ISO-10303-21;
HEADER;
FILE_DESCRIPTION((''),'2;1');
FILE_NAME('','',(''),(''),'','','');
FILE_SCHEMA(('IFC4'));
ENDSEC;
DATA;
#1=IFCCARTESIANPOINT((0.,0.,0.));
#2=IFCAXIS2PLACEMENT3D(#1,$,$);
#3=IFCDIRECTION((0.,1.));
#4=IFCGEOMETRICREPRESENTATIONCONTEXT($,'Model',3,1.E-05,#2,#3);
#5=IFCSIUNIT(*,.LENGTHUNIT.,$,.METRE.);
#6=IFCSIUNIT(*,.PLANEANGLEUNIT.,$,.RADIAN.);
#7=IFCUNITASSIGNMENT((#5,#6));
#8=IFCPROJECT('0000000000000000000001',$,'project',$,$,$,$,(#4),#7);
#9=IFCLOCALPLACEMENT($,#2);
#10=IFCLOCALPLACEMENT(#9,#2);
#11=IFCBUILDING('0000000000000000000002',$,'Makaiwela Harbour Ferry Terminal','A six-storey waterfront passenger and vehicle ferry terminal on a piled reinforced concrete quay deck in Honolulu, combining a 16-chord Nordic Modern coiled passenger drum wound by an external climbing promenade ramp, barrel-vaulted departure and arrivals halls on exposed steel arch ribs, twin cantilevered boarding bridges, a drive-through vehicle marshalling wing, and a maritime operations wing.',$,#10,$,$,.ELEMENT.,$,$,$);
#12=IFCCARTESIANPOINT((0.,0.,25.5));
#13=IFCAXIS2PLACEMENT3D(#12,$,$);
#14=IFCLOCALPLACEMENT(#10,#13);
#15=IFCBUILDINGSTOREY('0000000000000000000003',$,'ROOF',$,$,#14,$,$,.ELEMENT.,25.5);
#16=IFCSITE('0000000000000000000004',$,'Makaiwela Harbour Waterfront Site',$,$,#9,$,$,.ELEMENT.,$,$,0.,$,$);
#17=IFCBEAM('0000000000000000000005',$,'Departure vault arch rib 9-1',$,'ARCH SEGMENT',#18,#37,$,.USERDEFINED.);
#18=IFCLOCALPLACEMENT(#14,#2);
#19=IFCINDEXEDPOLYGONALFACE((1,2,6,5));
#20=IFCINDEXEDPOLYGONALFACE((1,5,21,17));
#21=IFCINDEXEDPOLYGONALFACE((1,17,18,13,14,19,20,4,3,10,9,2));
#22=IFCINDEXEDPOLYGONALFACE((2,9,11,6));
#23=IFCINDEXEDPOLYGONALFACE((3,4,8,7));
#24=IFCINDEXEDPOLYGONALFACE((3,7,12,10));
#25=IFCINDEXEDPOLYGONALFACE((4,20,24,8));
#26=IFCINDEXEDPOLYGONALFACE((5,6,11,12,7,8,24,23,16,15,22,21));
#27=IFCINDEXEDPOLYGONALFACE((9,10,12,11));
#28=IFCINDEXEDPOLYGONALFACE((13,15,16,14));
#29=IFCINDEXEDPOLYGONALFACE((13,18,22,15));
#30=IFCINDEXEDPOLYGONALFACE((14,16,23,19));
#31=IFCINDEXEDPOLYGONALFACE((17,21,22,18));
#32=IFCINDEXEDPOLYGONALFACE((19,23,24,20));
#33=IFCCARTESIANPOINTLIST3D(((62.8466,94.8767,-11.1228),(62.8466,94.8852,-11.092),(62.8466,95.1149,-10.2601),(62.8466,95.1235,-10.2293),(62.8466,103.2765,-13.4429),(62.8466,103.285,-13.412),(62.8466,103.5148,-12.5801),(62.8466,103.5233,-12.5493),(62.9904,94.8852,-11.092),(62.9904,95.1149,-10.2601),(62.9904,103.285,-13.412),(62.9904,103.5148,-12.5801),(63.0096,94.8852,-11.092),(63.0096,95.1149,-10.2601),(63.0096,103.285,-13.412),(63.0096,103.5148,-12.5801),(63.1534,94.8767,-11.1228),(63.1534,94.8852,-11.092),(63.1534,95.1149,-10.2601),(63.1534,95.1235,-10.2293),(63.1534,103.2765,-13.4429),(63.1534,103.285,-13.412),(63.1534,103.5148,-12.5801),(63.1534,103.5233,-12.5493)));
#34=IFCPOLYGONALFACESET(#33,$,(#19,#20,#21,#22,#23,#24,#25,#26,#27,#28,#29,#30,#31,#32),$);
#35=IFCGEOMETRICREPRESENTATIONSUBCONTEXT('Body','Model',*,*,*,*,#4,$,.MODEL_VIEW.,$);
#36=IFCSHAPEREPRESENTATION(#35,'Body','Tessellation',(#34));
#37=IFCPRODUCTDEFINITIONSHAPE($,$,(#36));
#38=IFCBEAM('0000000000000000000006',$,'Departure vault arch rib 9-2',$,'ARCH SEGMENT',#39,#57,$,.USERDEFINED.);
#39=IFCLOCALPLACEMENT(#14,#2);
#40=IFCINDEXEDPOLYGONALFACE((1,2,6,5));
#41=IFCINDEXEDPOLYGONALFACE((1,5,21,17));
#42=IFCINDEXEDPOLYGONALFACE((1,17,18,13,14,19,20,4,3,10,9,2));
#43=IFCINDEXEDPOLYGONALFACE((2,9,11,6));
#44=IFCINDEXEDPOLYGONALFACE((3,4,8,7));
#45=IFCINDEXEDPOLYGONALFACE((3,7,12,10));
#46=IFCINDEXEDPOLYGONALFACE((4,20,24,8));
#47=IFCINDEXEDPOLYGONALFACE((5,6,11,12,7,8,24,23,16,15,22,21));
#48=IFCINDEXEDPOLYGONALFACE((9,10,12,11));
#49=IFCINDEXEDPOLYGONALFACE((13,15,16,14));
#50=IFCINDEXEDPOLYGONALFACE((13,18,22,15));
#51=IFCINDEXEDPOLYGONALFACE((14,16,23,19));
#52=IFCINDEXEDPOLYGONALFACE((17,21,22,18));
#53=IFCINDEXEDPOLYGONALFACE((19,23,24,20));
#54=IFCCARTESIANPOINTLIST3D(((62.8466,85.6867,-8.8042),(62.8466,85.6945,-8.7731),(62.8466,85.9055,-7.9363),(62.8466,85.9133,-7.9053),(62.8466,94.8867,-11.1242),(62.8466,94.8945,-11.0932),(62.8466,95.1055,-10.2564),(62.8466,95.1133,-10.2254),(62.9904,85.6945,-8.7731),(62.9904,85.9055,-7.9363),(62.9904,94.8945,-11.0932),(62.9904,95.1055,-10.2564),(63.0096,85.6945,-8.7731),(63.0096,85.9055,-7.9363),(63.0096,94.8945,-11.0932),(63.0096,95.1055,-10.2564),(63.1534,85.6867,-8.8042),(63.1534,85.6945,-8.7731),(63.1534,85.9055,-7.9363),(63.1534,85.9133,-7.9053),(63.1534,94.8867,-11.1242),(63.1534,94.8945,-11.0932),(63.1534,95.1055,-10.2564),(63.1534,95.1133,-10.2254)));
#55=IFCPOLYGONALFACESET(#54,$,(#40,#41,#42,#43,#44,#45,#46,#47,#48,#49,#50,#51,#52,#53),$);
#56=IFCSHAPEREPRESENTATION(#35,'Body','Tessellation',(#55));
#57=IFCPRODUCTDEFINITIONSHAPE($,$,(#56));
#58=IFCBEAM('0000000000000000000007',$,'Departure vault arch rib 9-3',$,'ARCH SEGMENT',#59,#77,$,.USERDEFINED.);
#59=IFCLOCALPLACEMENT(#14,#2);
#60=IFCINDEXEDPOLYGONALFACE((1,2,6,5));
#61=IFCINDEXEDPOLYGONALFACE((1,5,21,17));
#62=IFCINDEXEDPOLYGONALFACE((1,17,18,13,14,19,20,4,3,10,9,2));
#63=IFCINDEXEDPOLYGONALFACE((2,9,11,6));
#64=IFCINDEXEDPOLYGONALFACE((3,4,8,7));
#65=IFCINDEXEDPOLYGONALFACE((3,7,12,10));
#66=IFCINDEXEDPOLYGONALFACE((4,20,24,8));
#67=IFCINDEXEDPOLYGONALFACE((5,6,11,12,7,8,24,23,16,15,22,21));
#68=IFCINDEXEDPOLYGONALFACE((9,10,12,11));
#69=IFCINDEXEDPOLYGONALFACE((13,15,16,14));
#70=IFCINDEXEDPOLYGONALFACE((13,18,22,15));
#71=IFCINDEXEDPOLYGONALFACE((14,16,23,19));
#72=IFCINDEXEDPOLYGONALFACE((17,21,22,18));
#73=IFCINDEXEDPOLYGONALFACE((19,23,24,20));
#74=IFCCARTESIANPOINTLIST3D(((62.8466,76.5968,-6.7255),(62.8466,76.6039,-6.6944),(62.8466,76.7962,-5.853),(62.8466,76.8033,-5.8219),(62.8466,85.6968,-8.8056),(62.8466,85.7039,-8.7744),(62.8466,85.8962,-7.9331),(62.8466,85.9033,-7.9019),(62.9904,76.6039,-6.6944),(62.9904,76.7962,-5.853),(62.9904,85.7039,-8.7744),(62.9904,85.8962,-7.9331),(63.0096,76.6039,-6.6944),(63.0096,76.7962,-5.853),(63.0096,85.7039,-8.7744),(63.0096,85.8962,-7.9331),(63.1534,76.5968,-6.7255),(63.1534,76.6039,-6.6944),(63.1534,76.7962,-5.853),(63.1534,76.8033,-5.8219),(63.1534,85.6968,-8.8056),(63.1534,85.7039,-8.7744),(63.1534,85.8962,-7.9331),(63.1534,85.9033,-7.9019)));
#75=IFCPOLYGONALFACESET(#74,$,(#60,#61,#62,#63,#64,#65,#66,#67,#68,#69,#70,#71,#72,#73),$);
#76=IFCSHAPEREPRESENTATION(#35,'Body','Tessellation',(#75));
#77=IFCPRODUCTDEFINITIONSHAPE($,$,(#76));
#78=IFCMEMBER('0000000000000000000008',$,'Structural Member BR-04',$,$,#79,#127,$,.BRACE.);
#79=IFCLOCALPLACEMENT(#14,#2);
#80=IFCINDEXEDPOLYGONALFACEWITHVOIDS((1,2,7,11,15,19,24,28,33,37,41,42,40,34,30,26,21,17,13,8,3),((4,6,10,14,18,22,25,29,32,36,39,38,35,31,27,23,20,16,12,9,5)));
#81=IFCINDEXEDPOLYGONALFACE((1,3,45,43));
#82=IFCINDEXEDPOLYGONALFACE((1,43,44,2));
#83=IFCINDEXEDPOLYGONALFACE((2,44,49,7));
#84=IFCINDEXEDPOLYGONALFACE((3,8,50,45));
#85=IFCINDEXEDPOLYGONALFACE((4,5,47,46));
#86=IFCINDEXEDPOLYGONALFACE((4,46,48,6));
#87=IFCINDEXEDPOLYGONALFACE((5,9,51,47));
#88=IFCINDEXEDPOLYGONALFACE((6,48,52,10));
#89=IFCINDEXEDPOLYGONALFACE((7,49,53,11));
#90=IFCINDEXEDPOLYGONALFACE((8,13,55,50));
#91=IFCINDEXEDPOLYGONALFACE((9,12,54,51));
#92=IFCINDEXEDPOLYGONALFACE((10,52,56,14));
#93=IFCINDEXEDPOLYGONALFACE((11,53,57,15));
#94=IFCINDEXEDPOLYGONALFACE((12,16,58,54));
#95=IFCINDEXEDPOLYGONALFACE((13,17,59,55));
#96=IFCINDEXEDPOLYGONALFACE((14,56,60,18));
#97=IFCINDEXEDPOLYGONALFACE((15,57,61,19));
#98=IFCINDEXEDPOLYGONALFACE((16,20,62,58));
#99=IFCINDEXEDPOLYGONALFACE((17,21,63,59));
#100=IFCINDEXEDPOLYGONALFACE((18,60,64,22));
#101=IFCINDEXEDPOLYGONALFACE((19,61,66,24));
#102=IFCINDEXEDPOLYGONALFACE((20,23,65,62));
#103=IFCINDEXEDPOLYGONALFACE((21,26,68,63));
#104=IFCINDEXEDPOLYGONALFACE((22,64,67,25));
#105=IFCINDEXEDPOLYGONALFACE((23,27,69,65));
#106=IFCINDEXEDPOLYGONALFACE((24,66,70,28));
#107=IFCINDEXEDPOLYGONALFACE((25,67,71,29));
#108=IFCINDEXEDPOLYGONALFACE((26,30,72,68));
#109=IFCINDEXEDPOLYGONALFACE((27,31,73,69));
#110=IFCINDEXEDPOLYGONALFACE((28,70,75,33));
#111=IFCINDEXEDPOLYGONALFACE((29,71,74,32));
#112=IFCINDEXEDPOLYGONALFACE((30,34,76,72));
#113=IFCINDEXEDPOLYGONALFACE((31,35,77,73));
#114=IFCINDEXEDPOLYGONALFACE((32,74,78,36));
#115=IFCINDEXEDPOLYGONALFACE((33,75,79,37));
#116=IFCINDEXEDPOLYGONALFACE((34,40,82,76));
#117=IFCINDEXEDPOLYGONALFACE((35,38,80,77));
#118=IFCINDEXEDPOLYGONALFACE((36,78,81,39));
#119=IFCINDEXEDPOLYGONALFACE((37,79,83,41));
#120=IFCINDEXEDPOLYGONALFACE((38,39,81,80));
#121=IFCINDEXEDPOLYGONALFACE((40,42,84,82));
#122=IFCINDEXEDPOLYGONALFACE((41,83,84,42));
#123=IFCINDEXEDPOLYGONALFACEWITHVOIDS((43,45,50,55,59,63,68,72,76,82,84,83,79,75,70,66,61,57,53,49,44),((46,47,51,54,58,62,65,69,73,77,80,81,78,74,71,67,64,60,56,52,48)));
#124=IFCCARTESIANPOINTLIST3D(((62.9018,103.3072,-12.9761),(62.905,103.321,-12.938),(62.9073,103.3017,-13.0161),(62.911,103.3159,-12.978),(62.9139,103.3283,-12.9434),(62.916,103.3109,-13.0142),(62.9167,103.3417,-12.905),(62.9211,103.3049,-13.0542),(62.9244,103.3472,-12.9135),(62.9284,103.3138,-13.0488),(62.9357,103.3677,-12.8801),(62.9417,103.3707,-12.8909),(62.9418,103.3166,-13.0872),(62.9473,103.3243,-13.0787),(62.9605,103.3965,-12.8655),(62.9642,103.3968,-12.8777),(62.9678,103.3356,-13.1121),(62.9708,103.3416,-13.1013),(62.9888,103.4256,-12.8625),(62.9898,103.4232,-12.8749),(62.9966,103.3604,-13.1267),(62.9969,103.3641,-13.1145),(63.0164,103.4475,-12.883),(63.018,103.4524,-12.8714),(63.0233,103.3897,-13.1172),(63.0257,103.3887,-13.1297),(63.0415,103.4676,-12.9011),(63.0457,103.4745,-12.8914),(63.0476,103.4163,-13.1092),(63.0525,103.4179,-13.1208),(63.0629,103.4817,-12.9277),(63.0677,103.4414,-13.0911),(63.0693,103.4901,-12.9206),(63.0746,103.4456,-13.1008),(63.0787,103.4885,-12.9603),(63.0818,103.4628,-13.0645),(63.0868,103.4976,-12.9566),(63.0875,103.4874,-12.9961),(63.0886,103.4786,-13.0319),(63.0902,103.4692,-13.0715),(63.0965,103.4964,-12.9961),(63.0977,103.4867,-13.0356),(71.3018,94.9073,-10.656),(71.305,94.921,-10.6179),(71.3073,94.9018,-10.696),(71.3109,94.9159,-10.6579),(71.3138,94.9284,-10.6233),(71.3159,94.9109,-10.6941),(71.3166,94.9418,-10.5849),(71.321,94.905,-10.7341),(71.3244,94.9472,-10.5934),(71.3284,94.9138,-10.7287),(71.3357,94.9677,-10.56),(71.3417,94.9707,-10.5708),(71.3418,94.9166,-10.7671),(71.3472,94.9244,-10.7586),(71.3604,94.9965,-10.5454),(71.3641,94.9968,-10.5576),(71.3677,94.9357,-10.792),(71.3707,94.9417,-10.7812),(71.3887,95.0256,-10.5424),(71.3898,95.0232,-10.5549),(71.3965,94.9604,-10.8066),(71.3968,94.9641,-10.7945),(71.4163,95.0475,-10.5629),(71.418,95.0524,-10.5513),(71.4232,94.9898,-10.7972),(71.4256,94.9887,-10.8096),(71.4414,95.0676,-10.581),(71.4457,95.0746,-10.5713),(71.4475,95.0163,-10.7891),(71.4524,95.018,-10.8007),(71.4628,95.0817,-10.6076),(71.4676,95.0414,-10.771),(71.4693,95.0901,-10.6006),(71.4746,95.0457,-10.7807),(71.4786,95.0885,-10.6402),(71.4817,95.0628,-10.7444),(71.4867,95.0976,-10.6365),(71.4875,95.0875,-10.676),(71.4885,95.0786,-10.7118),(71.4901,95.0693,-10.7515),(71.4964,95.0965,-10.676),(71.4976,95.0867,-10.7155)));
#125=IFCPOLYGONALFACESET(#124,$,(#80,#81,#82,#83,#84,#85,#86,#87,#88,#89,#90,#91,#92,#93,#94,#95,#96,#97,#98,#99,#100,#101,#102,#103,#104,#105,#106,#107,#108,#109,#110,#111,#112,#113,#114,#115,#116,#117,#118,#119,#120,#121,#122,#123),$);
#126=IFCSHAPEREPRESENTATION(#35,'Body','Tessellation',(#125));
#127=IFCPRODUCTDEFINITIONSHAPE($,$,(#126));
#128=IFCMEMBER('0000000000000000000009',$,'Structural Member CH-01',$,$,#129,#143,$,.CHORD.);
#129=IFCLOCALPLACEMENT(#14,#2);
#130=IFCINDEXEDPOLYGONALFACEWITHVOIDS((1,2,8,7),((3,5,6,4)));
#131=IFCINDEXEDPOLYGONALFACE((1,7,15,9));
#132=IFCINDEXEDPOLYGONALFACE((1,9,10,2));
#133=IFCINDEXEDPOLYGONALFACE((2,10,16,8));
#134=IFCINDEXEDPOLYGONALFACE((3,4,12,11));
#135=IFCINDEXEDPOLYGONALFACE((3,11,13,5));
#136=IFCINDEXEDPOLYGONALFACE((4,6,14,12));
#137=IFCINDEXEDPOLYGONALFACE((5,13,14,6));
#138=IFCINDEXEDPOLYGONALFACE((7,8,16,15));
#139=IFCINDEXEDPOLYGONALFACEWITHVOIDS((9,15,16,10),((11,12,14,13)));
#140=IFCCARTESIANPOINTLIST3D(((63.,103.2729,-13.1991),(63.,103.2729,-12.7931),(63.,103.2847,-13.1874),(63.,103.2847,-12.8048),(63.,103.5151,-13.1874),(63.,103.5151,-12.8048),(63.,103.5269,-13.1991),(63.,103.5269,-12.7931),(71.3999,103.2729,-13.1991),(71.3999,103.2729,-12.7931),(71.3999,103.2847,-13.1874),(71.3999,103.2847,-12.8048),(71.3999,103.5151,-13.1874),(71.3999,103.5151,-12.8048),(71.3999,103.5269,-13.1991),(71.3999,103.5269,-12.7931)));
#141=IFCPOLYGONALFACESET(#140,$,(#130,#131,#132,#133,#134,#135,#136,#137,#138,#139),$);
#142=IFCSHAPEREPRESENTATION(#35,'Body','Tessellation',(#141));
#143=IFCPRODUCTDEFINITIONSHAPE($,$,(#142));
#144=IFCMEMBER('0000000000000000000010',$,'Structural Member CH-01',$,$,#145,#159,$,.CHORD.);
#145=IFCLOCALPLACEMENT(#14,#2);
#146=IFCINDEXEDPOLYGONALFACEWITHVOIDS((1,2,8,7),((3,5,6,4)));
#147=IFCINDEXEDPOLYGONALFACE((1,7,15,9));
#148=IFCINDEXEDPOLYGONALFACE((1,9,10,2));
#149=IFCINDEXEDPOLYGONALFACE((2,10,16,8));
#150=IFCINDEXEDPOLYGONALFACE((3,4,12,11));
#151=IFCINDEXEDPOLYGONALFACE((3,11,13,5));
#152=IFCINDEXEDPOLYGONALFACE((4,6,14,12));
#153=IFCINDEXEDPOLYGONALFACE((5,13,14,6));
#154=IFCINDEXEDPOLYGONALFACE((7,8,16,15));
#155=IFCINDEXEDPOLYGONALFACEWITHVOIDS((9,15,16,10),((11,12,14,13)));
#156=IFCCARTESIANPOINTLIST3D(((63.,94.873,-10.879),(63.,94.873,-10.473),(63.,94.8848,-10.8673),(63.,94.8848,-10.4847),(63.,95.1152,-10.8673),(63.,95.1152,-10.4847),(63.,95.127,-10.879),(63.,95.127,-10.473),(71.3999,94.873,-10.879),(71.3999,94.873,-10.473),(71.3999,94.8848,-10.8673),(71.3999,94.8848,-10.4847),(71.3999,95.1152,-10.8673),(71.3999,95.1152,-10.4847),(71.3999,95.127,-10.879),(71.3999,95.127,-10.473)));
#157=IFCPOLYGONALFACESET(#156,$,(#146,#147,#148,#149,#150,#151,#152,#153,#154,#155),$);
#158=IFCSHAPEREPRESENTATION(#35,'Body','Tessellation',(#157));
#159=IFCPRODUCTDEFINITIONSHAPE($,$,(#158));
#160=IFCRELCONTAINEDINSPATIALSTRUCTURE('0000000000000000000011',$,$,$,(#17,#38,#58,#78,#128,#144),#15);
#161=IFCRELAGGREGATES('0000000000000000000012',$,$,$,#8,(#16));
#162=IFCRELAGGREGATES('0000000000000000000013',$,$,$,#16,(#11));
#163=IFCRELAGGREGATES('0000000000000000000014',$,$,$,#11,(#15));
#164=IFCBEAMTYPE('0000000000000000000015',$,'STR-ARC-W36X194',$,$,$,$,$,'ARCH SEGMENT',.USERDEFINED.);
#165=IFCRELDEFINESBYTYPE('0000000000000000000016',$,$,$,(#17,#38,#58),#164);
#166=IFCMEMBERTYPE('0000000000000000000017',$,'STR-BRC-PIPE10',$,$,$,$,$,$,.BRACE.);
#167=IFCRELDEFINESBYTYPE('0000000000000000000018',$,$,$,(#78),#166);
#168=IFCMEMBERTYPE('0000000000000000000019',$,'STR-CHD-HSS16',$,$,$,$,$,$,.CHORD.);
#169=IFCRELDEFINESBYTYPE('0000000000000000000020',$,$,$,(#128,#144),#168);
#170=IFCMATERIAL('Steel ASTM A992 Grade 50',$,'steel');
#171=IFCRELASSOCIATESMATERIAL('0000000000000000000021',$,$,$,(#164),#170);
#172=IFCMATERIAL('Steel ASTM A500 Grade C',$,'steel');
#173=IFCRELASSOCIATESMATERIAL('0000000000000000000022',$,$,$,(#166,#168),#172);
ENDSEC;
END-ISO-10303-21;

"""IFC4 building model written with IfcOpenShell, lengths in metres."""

from ifc_helpers import new_model, si_unit, direction, frame, origin, origin_2d, place, context, subcontext, project, spatial, hollow_rectangle, hollow_circle, i_section, extrude, material, material_profile, profile_set, type_object, element, save


model = new_model("IFC4")

# Units and contexts
model_context = context("Model", 3, precision=1e-05, world=origin(), true_north=direction((0.0, 1.0)))
body_context = subcontext(model_context, "Body", "Model", "MODEL_VIEW")
ifc_project = project(units=[si_unit("LENGTHUNIT", "METRE"), si_unit("PLANEANGLEUNIT", "RADIAN")], contexts=[model_context])

# Site, building, storey
site_placement = place(None, origin())
site = spatial("IfcSite", under=ifc_project, at=site_placement, Name="Makaiwela Harbour Waterfront Site", CompositionType="ELEMENT", RefElevation=0.0)
building_placement = place(site_placement, origin())
building = spatial("IfcBuilding", under=site, at=building_placement, Name="Makaiwela Harbour Ferry Terminal", Description="A six-storey waterfront passenger and vehicle ferry terminal on a piled reinforced concrete quay deck in Honolulu, combining a 16-chord Nordic Modern coiled passenger drum wound by an external climbing promenade ramp, barrel-vaulted departure and arrivals halls on exposed steel arch ribs, twin cantilevered boarding bridges, a drive-through vehicle marshalling wing, and a maritime operations wing.", CompositionType="ELEMENT")
storey_placement = place(building_placement, frame((0.0, 0.0, 25.5)))
storey = spatial("IfcBuildingStorey", under=building, at=storey_placement, Name="ROOF", CompositionType="ELEMENT", Elevation=25.5)

# Beams
ifc_material_1 = material(Name="Steel ASTM A992 Grade 50", Category="steel")
ifc_material_profile_1 = material_profile(ifc_material_1, i_section(OverallWidth=0.3069, OverallDepth=0.927, WebThickness=0.0193, FlangeThickness=0.032, at=origin_2d()), Name="W36X194")
ifc_profile_set_1 = profile_set([ifc_material_profile_1], Name="Steel ASTM A992 Grade 50")
beam_type_1 = type_object("IfcBeamType", Name="STR-ARC-W36X194", ElementType="ARCH SEGMENT", PredefinedType="USERDEFINED", material=ifc_profile_set_1)
beam_1_placement = place(storey_placement, frame((63.0, 103.3999, -12.9961), z_axis=(0.0, -0.963909, 0.266233), x_axis=(1.0, 0.0, 0.0)))
element("IfcBeam", 1, at=beam_1_placement, inside=storey, type_object=beam_type_1, Name="Departure vault arch rib 9-1", ObjectType="ARCH SEGMENT", PredefinedType="USERDEFINED", context=body_context, shape_type="SweptSolid", body=[
    extrude(i_section(OverallWidth=0.3069, OverallDepth=0.927, WebThickness=0.0193, FlangeThickness=0.032, at=origin_2d()), origin(), (0.0, 0.0, 1.0), 8.7144),
])
beam_2_placement = place(storey_placement, frame((63.0, 95.0, -10.6748), z_axis=(0.0, -0.969642, 0.244527), x_axis=(1.0, 0.0, 0.0)))
element("IfcBeam", 2, at=beam_2_placement, inside=storey, type_object=beam_type_1, Name="Departure vault arch rib 9-2", ObjectType="ARCH SEGMENT", PredefinedType="USERDEFINED", context=body_context, shape_type="SweptSolid", body=[
    extrude(i_section(OverallWidth=0.3069, OverallDepth=0.927, WebThickness=0.0193, FlangeThickness=0.032, at=origin_2d()), origin(), (0.0, 0.0, 1.0), 9.488),
])
beam_3_placement = place(storey_placement, frame((63.0, 85.8, -8.3538), z_axis=(0.0, -0.974857, 0.22283), x_axis=(1.0, 0.0, 0.0)))
element("IfcBeam", 3, at=beam_3_placement, inside=storey, type_object=beam_type_1, Name="Departure vault arch rib 9-3", ObjectType="ARCH SEGMENT", PredefinedType="USERDEFINED", context=body_context, shape_type="SweptSolid", body=[
    extrude(i_section(OverallWidth=0.3069, OverallDepth=0.927, WebThickness=0.0193, FlangeThickness=0.032, at=origin_2d()), origin(), (0.0, 0.0, 1.0), 9.3347),
])

# Members
ifc_material_2 = material(Name="Steel ASTM A500 Grade C", Category="steel")
ifc_material_profile_2 = material_profile(ifc_material_2, hollow_circle(Radius=0.1365, WallThickness=0.0127, at=origin_2d()), Name="PIPE10XS")
ifc_profile_set_2 = profile_set([ifc_material_profile_2], Name="Steel ASTM A500 Grade C")
member_type_1 = type_object("IfcMemberType", Name="STR-BRC-PIPE10", PredefinedType="BRACE", material=ifc_profile_set_2)
member_1_placement = place(storey_placement, frame((63.0, 103.3999, -12.9961), z_axis=(0.693995, -0.693995, 0.191683), x_axis=(0.707107, 0.707107, 0.0)))
element("IfcMember", 4, at=member_1_placement, inside=storey, type_object=member_type_1, Name="Structural Member BR-04", PredefinedType="BRACE", context=body_context, shape_type="SweptSolid", body=[
    extrude(hollow_circle(Radius=0.1365, WallThickness=0.0127, at=origin_2d()), origin(), (0.0, 0.0, 1.0), 12.1038),
])
ifc_material_profile_3 = material_profile(ifc_material_2, hollow_rectangle(XDim=0.2539, YDim=0.406, WallThickness=0.0117, at=origin_2d()), Name="HSS16X10X1/2")
ifc_profile_set_3 = profile_set([ifc_material_profile_3], Name="Steel ASTM A500 Grade C")
member_type_2 = type_object("IfcMemberType", Name="STR-CHD-HSS16", PredefinedType="CHORD", material=ifc_profile_set_3)
for number, where, z_axis, x_axis, name in (
    (5, (63.0, 103.3999, -12.9961), (1.0, 0.0, 0.0), (0.0, 1.0, 0.0), "Structural Member CH-01"),
    (6, (63.0, 95.0, -10.676), (1.0, 0.0, 0.0), (0.0, 1.0, 0.0), "Structural Member CH-01"),
):
    element("IfcMember", number, at=place(storey_placement, frame(where, z_axis=z_axis, x_axis=x_axis)), inside=storey, type_object=member_type_2, Name=name, PredefinedType="CHORD", context=body_context, shape_type="SweptSolid", body=[
        extrude(hollow_rectangle(XDim=0.2539, YDim=0.406, WallThickness=0.0117, at=origin_2d()), origin(), (0.0, 0.0, 1.0), 8.3999),
    ])

save(model, "model.ifc")
